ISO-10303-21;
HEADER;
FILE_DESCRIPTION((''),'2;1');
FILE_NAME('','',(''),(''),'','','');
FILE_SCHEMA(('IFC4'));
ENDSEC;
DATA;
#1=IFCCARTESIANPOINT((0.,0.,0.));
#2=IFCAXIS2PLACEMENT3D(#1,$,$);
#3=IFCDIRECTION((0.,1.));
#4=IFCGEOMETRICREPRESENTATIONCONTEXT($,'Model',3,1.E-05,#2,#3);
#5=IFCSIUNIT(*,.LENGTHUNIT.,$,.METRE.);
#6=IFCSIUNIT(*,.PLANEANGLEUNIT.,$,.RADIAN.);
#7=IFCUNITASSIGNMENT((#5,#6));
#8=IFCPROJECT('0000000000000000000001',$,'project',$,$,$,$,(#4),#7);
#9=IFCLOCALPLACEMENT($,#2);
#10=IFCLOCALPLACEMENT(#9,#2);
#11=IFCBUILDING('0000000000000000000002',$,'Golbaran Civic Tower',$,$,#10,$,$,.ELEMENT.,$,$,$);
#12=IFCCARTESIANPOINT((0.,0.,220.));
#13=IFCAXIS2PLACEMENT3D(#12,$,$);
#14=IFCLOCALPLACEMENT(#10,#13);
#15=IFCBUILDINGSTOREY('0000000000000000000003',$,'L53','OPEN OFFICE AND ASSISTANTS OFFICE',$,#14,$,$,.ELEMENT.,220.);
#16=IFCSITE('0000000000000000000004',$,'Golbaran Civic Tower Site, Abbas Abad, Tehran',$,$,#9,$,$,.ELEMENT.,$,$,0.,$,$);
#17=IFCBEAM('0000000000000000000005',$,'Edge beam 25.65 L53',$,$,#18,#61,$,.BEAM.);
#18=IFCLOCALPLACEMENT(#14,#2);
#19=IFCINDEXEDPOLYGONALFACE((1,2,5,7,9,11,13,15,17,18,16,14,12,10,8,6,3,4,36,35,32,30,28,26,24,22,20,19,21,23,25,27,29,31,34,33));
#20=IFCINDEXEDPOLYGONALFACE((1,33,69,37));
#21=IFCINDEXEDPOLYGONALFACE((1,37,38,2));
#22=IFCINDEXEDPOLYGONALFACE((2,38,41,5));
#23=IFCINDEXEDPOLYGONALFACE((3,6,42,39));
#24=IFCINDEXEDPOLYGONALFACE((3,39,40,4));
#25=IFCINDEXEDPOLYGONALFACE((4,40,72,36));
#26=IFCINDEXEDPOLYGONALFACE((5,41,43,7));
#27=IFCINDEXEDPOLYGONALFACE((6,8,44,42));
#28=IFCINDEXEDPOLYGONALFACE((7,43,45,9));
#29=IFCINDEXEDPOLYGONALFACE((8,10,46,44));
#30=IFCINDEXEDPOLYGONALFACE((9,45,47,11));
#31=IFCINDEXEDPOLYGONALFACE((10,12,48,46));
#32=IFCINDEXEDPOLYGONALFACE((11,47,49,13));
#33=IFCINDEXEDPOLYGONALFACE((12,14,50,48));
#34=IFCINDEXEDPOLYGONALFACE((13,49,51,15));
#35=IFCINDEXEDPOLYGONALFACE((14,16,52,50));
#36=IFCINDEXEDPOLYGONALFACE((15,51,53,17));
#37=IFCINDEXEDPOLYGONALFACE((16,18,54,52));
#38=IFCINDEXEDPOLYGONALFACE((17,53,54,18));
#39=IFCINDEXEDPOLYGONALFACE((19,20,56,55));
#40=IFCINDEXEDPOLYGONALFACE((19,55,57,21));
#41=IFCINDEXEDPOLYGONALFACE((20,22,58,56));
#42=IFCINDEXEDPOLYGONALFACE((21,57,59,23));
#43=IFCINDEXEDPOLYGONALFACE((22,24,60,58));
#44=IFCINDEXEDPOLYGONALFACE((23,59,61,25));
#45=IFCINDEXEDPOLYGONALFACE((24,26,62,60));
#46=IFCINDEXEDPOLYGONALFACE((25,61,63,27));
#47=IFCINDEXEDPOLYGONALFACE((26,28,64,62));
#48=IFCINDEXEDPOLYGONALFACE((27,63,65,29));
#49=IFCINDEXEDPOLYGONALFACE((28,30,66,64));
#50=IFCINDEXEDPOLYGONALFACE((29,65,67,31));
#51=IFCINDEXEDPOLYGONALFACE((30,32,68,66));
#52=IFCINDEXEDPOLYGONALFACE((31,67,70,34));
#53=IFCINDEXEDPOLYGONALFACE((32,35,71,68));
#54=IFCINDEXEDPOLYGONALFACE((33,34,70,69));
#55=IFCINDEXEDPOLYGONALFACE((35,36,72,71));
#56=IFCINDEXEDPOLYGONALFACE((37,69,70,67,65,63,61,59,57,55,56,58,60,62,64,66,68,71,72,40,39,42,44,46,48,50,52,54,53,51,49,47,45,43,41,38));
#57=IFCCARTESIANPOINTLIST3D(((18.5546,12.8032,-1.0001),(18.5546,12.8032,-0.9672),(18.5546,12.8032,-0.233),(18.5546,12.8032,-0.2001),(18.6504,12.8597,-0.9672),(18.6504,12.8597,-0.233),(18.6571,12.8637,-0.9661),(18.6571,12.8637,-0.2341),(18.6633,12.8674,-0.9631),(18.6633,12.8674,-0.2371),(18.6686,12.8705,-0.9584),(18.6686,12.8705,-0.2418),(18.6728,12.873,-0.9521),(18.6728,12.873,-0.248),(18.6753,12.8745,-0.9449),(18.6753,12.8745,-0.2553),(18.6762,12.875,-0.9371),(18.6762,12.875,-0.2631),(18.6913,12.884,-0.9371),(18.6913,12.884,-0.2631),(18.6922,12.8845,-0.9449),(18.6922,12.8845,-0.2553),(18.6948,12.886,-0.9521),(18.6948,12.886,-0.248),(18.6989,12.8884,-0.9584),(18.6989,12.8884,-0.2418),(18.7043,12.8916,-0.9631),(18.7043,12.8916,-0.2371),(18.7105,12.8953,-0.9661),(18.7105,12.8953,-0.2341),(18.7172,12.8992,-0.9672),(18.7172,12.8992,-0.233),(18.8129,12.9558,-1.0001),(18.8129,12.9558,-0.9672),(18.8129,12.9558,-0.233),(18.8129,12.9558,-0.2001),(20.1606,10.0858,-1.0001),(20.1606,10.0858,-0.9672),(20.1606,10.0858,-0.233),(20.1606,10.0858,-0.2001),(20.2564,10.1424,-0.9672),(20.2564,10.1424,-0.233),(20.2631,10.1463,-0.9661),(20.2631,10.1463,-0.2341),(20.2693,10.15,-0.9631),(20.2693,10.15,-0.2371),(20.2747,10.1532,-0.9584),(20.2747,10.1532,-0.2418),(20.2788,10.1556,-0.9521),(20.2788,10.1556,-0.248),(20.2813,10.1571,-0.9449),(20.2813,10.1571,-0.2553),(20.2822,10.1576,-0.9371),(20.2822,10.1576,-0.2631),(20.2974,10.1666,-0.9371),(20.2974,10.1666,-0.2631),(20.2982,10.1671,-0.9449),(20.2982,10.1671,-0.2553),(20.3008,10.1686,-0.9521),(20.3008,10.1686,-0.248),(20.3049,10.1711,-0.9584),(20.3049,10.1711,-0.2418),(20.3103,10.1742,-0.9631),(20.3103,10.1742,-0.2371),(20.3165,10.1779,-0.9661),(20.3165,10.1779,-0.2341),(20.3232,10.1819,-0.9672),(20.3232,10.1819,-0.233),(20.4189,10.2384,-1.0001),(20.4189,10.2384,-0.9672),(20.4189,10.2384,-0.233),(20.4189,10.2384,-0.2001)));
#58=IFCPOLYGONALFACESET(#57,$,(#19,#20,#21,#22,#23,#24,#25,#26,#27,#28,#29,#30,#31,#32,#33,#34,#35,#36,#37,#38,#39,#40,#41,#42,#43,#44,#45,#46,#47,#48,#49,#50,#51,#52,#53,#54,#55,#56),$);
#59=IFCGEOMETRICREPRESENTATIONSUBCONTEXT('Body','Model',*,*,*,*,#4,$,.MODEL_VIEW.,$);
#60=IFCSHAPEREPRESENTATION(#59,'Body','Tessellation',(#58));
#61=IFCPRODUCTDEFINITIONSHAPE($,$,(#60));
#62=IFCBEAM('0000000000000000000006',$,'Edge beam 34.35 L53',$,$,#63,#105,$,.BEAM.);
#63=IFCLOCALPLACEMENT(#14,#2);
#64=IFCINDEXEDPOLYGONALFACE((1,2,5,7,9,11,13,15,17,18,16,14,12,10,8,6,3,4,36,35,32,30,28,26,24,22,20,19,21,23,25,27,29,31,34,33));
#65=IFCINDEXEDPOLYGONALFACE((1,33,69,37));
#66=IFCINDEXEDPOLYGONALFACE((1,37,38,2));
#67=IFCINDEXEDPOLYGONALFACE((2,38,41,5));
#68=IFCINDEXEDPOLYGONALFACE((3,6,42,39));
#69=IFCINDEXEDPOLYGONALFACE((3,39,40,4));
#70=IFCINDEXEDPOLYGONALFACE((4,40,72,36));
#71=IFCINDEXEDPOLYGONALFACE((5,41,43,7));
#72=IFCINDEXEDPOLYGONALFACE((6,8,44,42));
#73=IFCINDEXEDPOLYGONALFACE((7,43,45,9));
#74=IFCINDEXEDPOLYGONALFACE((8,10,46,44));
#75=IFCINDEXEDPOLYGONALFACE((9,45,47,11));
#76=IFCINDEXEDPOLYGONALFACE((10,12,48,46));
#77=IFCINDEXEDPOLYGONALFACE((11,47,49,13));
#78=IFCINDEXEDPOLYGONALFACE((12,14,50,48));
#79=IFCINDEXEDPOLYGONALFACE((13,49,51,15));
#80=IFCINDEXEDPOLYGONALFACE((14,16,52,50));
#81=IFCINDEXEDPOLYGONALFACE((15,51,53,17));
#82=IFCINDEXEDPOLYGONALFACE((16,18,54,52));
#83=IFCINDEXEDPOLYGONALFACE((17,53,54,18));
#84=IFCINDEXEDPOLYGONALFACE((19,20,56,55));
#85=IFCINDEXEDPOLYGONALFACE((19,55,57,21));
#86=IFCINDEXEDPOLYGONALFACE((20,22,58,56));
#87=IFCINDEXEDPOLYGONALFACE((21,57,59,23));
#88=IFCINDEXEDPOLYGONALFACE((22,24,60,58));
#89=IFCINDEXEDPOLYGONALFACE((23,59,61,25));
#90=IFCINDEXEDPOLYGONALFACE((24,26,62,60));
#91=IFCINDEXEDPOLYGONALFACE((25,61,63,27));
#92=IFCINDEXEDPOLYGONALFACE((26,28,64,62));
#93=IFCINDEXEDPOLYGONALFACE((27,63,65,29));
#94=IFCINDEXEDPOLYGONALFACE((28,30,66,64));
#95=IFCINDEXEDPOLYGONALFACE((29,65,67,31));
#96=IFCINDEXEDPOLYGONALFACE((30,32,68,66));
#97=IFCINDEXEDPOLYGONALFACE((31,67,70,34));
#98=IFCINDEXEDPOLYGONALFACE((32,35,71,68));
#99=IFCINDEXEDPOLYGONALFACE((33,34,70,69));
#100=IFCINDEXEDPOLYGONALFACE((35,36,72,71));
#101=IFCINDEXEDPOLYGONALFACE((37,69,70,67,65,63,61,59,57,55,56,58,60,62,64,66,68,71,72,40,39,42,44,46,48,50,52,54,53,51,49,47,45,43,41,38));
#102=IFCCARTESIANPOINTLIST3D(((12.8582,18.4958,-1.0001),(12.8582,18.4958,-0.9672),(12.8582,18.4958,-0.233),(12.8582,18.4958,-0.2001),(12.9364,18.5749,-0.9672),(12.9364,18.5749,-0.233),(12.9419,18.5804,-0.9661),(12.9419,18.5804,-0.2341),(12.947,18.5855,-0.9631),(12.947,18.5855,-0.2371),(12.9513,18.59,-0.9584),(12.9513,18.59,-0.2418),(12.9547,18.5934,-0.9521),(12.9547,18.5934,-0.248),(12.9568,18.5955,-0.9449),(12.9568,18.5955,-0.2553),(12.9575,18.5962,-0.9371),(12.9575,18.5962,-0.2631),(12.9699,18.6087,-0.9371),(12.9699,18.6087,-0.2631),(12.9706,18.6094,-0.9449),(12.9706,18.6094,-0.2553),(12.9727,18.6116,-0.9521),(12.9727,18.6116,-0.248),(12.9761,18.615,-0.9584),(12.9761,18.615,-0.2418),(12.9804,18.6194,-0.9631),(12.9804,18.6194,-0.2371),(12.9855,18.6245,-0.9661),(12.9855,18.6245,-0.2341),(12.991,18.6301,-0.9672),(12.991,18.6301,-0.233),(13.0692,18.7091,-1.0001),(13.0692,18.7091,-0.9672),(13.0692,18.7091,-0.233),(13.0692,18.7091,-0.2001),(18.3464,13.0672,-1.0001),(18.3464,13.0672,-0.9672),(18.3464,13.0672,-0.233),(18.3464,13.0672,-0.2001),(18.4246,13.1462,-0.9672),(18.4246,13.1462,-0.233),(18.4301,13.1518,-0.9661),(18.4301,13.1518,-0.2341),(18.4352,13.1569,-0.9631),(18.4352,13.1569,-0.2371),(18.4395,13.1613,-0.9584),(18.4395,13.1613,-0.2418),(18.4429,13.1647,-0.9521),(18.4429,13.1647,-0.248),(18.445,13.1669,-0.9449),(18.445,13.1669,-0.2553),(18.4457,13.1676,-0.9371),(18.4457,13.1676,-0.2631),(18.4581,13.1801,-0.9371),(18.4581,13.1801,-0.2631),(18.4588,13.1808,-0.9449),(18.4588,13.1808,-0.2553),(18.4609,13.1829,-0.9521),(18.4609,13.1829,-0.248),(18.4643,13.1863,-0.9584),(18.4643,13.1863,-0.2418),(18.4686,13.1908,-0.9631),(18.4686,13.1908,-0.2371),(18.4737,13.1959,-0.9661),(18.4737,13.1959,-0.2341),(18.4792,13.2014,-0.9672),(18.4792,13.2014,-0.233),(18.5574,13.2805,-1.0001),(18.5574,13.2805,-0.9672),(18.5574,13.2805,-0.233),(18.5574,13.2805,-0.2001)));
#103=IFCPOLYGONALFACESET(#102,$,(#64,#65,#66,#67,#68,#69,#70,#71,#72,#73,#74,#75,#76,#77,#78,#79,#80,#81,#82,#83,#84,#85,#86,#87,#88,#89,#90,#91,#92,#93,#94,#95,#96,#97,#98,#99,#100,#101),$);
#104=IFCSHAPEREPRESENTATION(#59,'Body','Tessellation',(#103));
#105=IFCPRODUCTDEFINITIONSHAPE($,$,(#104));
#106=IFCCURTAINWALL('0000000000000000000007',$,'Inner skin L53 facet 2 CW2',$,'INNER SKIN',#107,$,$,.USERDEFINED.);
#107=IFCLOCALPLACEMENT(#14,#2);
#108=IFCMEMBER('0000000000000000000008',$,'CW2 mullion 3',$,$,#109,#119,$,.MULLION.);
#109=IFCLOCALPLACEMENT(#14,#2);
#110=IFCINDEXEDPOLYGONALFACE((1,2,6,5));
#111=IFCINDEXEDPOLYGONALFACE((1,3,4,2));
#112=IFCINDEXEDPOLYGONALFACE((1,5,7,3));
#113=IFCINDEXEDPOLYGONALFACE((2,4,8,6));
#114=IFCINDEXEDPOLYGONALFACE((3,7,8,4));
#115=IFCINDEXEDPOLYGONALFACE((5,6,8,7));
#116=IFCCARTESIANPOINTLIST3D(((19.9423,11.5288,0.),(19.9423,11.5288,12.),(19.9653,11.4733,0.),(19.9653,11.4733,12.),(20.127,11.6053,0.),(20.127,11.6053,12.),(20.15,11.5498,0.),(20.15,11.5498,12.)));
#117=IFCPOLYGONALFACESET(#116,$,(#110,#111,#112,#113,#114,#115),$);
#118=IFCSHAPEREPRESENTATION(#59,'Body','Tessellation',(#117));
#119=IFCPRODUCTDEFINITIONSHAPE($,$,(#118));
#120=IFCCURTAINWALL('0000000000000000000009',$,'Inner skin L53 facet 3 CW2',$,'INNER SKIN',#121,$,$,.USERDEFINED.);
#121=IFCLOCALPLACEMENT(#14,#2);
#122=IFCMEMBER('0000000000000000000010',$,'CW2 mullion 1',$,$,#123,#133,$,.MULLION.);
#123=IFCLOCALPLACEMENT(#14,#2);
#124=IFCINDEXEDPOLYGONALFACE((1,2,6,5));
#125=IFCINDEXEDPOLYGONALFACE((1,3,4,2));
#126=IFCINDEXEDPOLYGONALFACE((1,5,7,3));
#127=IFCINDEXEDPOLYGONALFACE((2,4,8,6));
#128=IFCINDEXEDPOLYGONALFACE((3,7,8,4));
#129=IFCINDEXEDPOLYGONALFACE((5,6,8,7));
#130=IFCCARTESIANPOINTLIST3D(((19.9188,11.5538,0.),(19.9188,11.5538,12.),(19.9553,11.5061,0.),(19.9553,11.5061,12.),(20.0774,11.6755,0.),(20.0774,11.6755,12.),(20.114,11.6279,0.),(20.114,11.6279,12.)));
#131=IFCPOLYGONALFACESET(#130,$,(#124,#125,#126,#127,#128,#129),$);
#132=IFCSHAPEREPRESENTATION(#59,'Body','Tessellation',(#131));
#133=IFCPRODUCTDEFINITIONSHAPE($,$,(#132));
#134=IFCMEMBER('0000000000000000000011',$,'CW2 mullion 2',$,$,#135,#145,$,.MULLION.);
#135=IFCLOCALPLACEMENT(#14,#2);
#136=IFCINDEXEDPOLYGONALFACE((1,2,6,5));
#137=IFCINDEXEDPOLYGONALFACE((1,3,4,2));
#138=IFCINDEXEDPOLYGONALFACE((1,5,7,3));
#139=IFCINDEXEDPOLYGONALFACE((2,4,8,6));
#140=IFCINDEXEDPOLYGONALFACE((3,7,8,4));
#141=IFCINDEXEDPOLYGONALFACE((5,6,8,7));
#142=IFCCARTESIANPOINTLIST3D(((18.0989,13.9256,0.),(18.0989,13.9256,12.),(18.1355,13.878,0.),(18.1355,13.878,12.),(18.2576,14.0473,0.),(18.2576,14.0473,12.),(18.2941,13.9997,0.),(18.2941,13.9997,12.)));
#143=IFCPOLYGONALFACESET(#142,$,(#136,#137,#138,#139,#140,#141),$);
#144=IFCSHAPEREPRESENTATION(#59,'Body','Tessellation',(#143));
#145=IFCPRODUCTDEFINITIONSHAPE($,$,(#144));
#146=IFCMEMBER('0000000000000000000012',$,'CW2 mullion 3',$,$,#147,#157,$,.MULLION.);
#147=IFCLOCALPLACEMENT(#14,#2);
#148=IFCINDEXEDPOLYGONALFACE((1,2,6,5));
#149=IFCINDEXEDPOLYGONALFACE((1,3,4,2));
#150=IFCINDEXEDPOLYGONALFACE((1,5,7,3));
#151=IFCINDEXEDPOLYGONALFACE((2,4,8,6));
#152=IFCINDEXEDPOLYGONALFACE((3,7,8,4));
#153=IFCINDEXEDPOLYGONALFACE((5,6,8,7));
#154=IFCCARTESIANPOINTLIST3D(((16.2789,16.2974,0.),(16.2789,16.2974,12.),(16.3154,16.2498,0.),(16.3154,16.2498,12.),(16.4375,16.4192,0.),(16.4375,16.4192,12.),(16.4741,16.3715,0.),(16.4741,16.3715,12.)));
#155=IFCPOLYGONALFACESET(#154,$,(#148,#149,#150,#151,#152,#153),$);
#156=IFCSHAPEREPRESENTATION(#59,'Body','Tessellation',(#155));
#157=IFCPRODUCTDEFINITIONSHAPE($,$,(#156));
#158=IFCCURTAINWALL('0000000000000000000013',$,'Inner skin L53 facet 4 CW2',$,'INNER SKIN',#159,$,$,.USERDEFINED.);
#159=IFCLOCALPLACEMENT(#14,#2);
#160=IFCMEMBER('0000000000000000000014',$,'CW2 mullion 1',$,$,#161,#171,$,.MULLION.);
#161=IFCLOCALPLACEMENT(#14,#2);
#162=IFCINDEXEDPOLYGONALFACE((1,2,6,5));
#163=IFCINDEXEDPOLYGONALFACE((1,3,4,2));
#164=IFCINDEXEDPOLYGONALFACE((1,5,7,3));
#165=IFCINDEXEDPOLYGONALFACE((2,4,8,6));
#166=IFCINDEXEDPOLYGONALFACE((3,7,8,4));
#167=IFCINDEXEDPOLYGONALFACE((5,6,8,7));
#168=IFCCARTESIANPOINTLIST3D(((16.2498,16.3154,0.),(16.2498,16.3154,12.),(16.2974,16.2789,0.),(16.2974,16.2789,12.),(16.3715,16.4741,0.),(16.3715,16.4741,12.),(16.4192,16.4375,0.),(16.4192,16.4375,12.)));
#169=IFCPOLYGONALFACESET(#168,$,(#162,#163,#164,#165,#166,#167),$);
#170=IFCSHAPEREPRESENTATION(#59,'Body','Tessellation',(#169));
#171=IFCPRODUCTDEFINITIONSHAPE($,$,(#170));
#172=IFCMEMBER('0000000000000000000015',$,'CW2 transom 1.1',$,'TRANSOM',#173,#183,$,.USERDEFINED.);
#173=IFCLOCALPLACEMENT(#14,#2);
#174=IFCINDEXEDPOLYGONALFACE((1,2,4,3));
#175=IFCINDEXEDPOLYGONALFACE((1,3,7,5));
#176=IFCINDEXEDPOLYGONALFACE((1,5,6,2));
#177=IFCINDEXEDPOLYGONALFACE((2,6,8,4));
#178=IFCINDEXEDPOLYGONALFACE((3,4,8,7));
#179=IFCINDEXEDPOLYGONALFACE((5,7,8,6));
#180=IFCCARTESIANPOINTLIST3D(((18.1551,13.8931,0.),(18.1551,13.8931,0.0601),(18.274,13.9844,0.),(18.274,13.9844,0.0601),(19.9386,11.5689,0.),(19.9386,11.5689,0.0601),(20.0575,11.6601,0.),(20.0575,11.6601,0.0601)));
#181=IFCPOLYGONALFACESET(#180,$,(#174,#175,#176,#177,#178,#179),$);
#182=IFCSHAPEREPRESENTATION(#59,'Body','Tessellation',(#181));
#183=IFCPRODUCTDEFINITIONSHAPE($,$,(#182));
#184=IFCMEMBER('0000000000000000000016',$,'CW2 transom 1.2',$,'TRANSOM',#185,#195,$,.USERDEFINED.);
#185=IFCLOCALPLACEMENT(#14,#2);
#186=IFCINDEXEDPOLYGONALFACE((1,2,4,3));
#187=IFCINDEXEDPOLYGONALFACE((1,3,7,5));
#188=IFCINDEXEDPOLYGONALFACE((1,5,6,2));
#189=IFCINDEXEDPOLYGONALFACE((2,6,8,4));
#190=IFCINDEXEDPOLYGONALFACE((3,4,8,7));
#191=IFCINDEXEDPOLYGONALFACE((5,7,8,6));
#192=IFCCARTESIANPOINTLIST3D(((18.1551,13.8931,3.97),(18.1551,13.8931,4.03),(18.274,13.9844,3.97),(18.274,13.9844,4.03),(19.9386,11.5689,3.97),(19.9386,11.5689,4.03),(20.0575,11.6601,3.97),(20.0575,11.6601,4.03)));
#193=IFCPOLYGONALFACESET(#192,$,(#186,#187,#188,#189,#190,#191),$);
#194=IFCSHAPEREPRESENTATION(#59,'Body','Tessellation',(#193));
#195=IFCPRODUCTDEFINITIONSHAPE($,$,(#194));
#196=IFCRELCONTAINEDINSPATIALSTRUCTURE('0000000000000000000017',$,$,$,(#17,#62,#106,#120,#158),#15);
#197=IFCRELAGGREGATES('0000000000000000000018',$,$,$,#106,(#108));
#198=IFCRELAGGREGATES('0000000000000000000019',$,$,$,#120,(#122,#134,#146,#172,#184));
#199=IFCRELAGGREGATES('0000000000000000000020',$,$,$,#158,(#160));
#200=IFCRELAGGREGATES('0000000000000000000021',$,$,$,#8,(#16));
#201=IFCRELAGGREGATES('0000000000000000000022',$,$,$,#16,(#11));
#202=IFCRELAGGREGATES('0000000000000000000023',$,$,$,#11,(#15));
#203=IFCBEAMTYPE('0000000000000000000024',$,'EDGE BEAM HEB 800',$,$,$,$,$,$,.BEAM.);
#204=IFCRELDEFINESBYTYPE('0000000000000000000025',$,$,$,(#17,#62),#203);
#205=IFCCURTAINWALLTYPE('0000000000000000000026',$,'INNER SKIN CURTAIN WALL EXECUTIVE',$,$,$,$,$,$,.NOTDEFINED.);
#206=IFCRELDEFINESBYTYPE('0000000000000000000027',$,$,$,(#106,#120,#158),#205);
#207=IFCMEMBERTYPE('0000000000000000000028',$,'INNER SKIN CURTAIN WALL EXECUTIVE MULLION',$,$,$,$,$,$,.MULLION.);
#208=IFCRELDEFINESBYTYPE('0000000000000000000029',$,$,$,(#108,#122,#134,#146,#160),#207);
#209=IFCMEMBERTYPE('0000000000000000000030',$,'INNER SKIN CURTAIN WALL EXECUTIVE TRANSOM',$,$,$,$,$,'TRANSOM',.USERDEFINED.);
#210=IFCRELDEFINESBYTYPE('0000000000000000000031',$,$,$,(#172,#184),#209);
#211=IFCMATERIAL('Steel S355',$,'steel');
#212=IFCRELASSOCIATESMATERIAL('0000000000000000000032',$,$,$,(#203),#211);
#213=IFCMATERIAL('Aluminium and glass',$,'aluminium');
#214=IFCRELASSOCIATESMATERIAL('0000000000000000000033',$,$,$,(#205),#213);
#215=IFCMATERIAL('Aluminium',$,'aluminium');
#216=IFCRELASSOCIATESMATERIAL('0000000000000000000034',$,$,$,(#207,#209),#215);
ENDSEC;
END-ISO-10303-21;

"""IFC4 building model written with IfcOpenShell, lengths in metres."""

from ifc_helpers import new_model, si_unit, direction, frame, origin, origin_2d, place, context, subcontext, project, spatial, rectangle, i_section, extrude, material, material_profile, profile_set, type_object, element, aggregate, save


model = new_model("IFC4")

# Units and contexts
model_context = context("Model", 3, precision=1e-05, world=origin(), true_north=direction((0.0, 1.0)))
body_context = subcontext(model_context, "Body", "Model", "MODEL_VIEW")
ifc_project = project(units=[si_unit("LENGTHUNIT", "METRE"), si_unit("PLANEANGLEUNIT", "RADIAN")], contexts=[model_context])

# Site, building, storey
site_placement = place(None, origin())
site = spatial("IfcSite", under=ifc_project, at=site_placement, Name="Golbaran Civic Tower Site, Abbas Abad, Tehran", CompositionType="ELEMENT", RefElevation=0.0)
building_placement = place(site_placement, origin())
building = spatial("IfcBuilding", under=site, at=building_placement, Name="Golbaran Civic Tower", CompositionType="ELEMENT")
storey_placement = place(building_placement, frame((0.0, 0.0, 220.0)))
storey = spatial("IfcBuildingStorey", under=building, at=storey_placement, Name="L53", Description="OPEN OFFICE AND ASSISTANTS OFFICE", CompositionType="ELEMENT", Elevation=220.0)

# Beams
ifc_material_1 = material(Name="Steel S355", Category="steel")
ifc_material_profile_1 = material_profile(ifc_material_1, i_section(OverallWidth=0.3, OverallDepth=0.8, WebThickness=0.0176, FlangeThickness=0.033, FilletRadius=0.03, at=origin_2d()), Name="HEB 800")
ifc_profile_set_1 = profile_set([ifc_material_profile_1], Name="Steel S355")
beam_type = type_object("IfcBeamType", Name="EDGE BEAM HEB 800", PredefinedType="BEAM", material=ifc_profile_set_1)
beam_1_placement = place(storey_placement, frame((20.2898, 10.1621, -0.6001), z_axis=(-0.508797, 0.860886, 0.0), x_axis=(-0.860886, -0.508797, 0.0)))
element("IfcBeam", 1, at=beam_1_placement, inside=storey, type_object=beam_type, Name="Edge beam 25.65 L53", PredefinedType="BEAM", context=body_context, shape_type="SweptSolid", body=[
    extrude(i_section(OverallWidth=0.3, OverallDepth=0.8, WebThickness=0.0176, FlangeThickness=0.033, FilletRadius=0.03, at=origin_2d()), origin(), (0.0, 0.0, 1.0), 3.1565),
])
beam_2_placement = place(storey_placement, frame((18.4519, 13.1738, -0.6001), z_axis=(-0.710955, 0.703238, 0.0), x_axis=(-0.703238, -0.710955, 0.0)))
element("IfcBeam", 2, at=beam_2_placement, inside=storey, type_object=beam_type, Name="Edge beam 34.35 L53", PredefinedType="BEAM", context=body_context, shape_type="SweptSolid", body=[
    extrude(i_section(OverallWidth=0.3, OverallDepth=0.8, WebThickness=0.0176, FlangeThickness=0.033, FilletRadius=0.03, at=origin_2d()), origin(), (0.0, 0.0, 1.0), 7.7195),
])

# Curtain wall, member
ifc_material_2 = material(Name="Aluminium and glass", Category="aluminium")
curtain_wall_type = type_object("IfcCurtainWallType", Name="INNER SKIN CURTAIN WALL EXECUTIVE", PredefinedType="NOTDEFINED", material=ifc_material_2)
curtain_wall_1_placement = place(storey_placement, origin())
curtain_wall_1 = element("IfcCurtainWall", 3, at=curtain_wall_1_placement, inside=storey, type_object=curtain_wall_type, Name="Inner skin L53 facet 2 CW2", ObjectType="INNER SKIN", PredefinedType="USERDEFINED")
ifc_material_3 = material(Name="Aluminium", Category="aluminium")
ifc_material_profile_2 = material_profile(ifc_material_3, rectangle(XDim=0.2, YDim=0.0601, at=origin_2d()), Name="INNER SKIN CURTAIN WALL EXECUTIVE MULLION")
ifc_profile_set_2 = profile_set([ifc_material_profile_2], Name="Aluminium")
member_type_1 = type_object("IfcMemberType", Name="INNER SKIN CURTAIN WALL EXECUTIVE MULLION", PredefinedType="MULLION", material=ifc_profile_set_2)
member_1_placement = place(storey_placement, frame((20.0461, 11.5393, 0.0), z_axis=(0.0, 0.0, 1.0), x_axis=(-0.92388, -0.382683, 0.0)))
member_1 = element("IfcMember", 4, at=member_1_placement, type_object=member_type_1, Name="CW2 mullion 3", PredefinedType="MULLION", context=body_context, shape_type="SweptSolid", body=[
    extrude(rectangle(XDim=0.2, YDim=0.0601, at=origin_2d()), origin(), (0.0, 0.0, 1.0), 12.0),
])

# Curtain wall, members
curtain_wall_2_placement = place(storey_placement, origin())
curtain_wall_2 = element("IfcCurtainWall", 5, at=curtain_wall_2_placement, inside=storey, type_object=curtain_wall_type, Name="Inner skin L53 facet 3 CW2", ObjectType="INNER SKIN", PredefinedType="USERDEFINED")
member_2_placement = place(storey_placement, frame((20.0164, 11.5908, 0.0), z_axis=(0.0, 0.0, 1.0), x_axis=(-0.793353, -0.608761, 0.0)))
member_2 = element("IfcMember", 6, at=member_2_placement, type_object=member_type_1, Name="CW2 mullion 1", PredefinedType="MULLION", context=body_context, shape_type="SweptSolid", body=[
    extrude(rectangle(XDim=0.2, YDim=0.0601, at=origin_2d()), origin(), (0.0, 0.0, 1.0), 12.0),
])
member_3_placement = place(storey_placement, frame((18.1965, 13.9626, 0.0), z_axis=(0.0, 0.0, 1.0), x_axis=(-0.793353, -0.608761, 0.0)))
member_3 = element("IfcMember", 7, at=member_3_placement, type_object=member_type_1, Name="CW2 mullion 2", PredefinedType="MULLION", context=body_context, shape_type="SweptSolid", body=[
    extrude(rectangle(XDim=0.2, YDim=0.0601, at=origin_2d()), origin(), (0.0, 0.0, 1.0), 12.0),
])
member_4_placement = place(storey_placement, frame((16.3765, 16.3345, 0.0), z_axis=(0.0, 0.0, 1.0), x_axis=(-0.793353, -0.608761, 0.0)))
member_4 = element("IfcMember", 8, at=member_4_placement, type_object=member_type_1, Name="CW2 mullion 3", PredefinedType="MULLION", context=body_context, shape_type="SweptSolid", body=[
    extrude(rectangle(XDim=0.2, YDim=0.0601, at=origin_2d()), origin(), (0.0, 0.0, 1.0), 12.0),
])

# Curtain wall, member
curtain_wall_3_placement = place(storey_placement, origin())
curtain_wall_3 = element("IfcCurtainWall", 9, at=curtain_wall_3_placement, inside=storey, type_object=curtain_wall_type, Name="Inner skin L53 facet 4 CW2", ObjectType="INNER SKIN", PredefinedType="USERDEFINED")
member_5_placement = place(storey_placement, frame((16.3345, 16.3765, 0.0), z_axis=(0.0, 0.0, 1.0), x_axis=(-0.608761, -0.793353, 0.0)))
member_5 = element("IfcMember", 10, at=member_5_placement, type_object=member_type_1, Name="CW2 mullion 1", PredefinedType="MULLION", context=body_context, shape_type="SweptSolid", body=[
    extrude(rectangle(XDim=0.2, YDim=0.0601, at=origin_2d()), origin(), (0.0, 0.0, 1.0), 12.0),
])

# Members
ifc_material_profile_3 = material_profile(ifc_material_3, rectangle(XDim=0.1499, YDim=0.0601, at=origin_2d()), Name="INNER SKIN CURTAIN WALL EXECUTIVE TRANSOM")
ifc_profile_set_3 = profile_set([ifc_material_profile_3], Name="Aluminium")
member_type_2 = type_object("IfcMemberType", Name="INNER SKIN CURTAIN WALL EXECUTIVE TRANSOM", ElementType="TRANSOM", PredefinedType="USERDEFINED", material=ifc_profile_set_3)
member_6_placement = place(storey_placement, frame((19.998, 11.6145, 0.03), z_axis=(-0.608764, 0.793351, 0.0), x_axis=(-0.793351, -0.608764, 0.0)))
member_6 = element("IfcMember", 11, at=member_6_placement, type_object=member_type_2, Name="CW2 transom 1.1", ObjectType="TRANSOM", PredefinedType="USERDEFINED", context=body_context, shape_type="SweptSolid", body=[
    extrude(rectangle(XDim=0.1499, YDim=0.0601, at=origin_2d()), origin(), (0.0, 0.0, 1.0), 2.9297),
])
member_7_placement = place(storey_placement, frame((19.998, 11.6145, 4.0), z_axis=(-0.608764, 0.793351, 0.0), x_axis=(-0.793351, -0.608764, 0.0)))
member_7 = element("IfcMember", 12, at=member_7_placement, type_object=member_type_2, Name="CW2 transom 1.2", ObjectType="TRANSOM", PredefinedType="USERDEFINED", context=body_context, shape_type="SweptSolid", body=[
    extrude(rectangle(XDim=0.1499, YDim=0.0601, at=origin_2d()), origin(), (0.0, 0.0, 1.0), 2.9297),
])

aggregate(curtain_wall_1, [member_1])
aggregate(curtain_wall_2, [member_2, member_3, member_4, member_6, member_7])
aggregate(curtain_wall_3, [member_5])

save(model, "model.ifc")
